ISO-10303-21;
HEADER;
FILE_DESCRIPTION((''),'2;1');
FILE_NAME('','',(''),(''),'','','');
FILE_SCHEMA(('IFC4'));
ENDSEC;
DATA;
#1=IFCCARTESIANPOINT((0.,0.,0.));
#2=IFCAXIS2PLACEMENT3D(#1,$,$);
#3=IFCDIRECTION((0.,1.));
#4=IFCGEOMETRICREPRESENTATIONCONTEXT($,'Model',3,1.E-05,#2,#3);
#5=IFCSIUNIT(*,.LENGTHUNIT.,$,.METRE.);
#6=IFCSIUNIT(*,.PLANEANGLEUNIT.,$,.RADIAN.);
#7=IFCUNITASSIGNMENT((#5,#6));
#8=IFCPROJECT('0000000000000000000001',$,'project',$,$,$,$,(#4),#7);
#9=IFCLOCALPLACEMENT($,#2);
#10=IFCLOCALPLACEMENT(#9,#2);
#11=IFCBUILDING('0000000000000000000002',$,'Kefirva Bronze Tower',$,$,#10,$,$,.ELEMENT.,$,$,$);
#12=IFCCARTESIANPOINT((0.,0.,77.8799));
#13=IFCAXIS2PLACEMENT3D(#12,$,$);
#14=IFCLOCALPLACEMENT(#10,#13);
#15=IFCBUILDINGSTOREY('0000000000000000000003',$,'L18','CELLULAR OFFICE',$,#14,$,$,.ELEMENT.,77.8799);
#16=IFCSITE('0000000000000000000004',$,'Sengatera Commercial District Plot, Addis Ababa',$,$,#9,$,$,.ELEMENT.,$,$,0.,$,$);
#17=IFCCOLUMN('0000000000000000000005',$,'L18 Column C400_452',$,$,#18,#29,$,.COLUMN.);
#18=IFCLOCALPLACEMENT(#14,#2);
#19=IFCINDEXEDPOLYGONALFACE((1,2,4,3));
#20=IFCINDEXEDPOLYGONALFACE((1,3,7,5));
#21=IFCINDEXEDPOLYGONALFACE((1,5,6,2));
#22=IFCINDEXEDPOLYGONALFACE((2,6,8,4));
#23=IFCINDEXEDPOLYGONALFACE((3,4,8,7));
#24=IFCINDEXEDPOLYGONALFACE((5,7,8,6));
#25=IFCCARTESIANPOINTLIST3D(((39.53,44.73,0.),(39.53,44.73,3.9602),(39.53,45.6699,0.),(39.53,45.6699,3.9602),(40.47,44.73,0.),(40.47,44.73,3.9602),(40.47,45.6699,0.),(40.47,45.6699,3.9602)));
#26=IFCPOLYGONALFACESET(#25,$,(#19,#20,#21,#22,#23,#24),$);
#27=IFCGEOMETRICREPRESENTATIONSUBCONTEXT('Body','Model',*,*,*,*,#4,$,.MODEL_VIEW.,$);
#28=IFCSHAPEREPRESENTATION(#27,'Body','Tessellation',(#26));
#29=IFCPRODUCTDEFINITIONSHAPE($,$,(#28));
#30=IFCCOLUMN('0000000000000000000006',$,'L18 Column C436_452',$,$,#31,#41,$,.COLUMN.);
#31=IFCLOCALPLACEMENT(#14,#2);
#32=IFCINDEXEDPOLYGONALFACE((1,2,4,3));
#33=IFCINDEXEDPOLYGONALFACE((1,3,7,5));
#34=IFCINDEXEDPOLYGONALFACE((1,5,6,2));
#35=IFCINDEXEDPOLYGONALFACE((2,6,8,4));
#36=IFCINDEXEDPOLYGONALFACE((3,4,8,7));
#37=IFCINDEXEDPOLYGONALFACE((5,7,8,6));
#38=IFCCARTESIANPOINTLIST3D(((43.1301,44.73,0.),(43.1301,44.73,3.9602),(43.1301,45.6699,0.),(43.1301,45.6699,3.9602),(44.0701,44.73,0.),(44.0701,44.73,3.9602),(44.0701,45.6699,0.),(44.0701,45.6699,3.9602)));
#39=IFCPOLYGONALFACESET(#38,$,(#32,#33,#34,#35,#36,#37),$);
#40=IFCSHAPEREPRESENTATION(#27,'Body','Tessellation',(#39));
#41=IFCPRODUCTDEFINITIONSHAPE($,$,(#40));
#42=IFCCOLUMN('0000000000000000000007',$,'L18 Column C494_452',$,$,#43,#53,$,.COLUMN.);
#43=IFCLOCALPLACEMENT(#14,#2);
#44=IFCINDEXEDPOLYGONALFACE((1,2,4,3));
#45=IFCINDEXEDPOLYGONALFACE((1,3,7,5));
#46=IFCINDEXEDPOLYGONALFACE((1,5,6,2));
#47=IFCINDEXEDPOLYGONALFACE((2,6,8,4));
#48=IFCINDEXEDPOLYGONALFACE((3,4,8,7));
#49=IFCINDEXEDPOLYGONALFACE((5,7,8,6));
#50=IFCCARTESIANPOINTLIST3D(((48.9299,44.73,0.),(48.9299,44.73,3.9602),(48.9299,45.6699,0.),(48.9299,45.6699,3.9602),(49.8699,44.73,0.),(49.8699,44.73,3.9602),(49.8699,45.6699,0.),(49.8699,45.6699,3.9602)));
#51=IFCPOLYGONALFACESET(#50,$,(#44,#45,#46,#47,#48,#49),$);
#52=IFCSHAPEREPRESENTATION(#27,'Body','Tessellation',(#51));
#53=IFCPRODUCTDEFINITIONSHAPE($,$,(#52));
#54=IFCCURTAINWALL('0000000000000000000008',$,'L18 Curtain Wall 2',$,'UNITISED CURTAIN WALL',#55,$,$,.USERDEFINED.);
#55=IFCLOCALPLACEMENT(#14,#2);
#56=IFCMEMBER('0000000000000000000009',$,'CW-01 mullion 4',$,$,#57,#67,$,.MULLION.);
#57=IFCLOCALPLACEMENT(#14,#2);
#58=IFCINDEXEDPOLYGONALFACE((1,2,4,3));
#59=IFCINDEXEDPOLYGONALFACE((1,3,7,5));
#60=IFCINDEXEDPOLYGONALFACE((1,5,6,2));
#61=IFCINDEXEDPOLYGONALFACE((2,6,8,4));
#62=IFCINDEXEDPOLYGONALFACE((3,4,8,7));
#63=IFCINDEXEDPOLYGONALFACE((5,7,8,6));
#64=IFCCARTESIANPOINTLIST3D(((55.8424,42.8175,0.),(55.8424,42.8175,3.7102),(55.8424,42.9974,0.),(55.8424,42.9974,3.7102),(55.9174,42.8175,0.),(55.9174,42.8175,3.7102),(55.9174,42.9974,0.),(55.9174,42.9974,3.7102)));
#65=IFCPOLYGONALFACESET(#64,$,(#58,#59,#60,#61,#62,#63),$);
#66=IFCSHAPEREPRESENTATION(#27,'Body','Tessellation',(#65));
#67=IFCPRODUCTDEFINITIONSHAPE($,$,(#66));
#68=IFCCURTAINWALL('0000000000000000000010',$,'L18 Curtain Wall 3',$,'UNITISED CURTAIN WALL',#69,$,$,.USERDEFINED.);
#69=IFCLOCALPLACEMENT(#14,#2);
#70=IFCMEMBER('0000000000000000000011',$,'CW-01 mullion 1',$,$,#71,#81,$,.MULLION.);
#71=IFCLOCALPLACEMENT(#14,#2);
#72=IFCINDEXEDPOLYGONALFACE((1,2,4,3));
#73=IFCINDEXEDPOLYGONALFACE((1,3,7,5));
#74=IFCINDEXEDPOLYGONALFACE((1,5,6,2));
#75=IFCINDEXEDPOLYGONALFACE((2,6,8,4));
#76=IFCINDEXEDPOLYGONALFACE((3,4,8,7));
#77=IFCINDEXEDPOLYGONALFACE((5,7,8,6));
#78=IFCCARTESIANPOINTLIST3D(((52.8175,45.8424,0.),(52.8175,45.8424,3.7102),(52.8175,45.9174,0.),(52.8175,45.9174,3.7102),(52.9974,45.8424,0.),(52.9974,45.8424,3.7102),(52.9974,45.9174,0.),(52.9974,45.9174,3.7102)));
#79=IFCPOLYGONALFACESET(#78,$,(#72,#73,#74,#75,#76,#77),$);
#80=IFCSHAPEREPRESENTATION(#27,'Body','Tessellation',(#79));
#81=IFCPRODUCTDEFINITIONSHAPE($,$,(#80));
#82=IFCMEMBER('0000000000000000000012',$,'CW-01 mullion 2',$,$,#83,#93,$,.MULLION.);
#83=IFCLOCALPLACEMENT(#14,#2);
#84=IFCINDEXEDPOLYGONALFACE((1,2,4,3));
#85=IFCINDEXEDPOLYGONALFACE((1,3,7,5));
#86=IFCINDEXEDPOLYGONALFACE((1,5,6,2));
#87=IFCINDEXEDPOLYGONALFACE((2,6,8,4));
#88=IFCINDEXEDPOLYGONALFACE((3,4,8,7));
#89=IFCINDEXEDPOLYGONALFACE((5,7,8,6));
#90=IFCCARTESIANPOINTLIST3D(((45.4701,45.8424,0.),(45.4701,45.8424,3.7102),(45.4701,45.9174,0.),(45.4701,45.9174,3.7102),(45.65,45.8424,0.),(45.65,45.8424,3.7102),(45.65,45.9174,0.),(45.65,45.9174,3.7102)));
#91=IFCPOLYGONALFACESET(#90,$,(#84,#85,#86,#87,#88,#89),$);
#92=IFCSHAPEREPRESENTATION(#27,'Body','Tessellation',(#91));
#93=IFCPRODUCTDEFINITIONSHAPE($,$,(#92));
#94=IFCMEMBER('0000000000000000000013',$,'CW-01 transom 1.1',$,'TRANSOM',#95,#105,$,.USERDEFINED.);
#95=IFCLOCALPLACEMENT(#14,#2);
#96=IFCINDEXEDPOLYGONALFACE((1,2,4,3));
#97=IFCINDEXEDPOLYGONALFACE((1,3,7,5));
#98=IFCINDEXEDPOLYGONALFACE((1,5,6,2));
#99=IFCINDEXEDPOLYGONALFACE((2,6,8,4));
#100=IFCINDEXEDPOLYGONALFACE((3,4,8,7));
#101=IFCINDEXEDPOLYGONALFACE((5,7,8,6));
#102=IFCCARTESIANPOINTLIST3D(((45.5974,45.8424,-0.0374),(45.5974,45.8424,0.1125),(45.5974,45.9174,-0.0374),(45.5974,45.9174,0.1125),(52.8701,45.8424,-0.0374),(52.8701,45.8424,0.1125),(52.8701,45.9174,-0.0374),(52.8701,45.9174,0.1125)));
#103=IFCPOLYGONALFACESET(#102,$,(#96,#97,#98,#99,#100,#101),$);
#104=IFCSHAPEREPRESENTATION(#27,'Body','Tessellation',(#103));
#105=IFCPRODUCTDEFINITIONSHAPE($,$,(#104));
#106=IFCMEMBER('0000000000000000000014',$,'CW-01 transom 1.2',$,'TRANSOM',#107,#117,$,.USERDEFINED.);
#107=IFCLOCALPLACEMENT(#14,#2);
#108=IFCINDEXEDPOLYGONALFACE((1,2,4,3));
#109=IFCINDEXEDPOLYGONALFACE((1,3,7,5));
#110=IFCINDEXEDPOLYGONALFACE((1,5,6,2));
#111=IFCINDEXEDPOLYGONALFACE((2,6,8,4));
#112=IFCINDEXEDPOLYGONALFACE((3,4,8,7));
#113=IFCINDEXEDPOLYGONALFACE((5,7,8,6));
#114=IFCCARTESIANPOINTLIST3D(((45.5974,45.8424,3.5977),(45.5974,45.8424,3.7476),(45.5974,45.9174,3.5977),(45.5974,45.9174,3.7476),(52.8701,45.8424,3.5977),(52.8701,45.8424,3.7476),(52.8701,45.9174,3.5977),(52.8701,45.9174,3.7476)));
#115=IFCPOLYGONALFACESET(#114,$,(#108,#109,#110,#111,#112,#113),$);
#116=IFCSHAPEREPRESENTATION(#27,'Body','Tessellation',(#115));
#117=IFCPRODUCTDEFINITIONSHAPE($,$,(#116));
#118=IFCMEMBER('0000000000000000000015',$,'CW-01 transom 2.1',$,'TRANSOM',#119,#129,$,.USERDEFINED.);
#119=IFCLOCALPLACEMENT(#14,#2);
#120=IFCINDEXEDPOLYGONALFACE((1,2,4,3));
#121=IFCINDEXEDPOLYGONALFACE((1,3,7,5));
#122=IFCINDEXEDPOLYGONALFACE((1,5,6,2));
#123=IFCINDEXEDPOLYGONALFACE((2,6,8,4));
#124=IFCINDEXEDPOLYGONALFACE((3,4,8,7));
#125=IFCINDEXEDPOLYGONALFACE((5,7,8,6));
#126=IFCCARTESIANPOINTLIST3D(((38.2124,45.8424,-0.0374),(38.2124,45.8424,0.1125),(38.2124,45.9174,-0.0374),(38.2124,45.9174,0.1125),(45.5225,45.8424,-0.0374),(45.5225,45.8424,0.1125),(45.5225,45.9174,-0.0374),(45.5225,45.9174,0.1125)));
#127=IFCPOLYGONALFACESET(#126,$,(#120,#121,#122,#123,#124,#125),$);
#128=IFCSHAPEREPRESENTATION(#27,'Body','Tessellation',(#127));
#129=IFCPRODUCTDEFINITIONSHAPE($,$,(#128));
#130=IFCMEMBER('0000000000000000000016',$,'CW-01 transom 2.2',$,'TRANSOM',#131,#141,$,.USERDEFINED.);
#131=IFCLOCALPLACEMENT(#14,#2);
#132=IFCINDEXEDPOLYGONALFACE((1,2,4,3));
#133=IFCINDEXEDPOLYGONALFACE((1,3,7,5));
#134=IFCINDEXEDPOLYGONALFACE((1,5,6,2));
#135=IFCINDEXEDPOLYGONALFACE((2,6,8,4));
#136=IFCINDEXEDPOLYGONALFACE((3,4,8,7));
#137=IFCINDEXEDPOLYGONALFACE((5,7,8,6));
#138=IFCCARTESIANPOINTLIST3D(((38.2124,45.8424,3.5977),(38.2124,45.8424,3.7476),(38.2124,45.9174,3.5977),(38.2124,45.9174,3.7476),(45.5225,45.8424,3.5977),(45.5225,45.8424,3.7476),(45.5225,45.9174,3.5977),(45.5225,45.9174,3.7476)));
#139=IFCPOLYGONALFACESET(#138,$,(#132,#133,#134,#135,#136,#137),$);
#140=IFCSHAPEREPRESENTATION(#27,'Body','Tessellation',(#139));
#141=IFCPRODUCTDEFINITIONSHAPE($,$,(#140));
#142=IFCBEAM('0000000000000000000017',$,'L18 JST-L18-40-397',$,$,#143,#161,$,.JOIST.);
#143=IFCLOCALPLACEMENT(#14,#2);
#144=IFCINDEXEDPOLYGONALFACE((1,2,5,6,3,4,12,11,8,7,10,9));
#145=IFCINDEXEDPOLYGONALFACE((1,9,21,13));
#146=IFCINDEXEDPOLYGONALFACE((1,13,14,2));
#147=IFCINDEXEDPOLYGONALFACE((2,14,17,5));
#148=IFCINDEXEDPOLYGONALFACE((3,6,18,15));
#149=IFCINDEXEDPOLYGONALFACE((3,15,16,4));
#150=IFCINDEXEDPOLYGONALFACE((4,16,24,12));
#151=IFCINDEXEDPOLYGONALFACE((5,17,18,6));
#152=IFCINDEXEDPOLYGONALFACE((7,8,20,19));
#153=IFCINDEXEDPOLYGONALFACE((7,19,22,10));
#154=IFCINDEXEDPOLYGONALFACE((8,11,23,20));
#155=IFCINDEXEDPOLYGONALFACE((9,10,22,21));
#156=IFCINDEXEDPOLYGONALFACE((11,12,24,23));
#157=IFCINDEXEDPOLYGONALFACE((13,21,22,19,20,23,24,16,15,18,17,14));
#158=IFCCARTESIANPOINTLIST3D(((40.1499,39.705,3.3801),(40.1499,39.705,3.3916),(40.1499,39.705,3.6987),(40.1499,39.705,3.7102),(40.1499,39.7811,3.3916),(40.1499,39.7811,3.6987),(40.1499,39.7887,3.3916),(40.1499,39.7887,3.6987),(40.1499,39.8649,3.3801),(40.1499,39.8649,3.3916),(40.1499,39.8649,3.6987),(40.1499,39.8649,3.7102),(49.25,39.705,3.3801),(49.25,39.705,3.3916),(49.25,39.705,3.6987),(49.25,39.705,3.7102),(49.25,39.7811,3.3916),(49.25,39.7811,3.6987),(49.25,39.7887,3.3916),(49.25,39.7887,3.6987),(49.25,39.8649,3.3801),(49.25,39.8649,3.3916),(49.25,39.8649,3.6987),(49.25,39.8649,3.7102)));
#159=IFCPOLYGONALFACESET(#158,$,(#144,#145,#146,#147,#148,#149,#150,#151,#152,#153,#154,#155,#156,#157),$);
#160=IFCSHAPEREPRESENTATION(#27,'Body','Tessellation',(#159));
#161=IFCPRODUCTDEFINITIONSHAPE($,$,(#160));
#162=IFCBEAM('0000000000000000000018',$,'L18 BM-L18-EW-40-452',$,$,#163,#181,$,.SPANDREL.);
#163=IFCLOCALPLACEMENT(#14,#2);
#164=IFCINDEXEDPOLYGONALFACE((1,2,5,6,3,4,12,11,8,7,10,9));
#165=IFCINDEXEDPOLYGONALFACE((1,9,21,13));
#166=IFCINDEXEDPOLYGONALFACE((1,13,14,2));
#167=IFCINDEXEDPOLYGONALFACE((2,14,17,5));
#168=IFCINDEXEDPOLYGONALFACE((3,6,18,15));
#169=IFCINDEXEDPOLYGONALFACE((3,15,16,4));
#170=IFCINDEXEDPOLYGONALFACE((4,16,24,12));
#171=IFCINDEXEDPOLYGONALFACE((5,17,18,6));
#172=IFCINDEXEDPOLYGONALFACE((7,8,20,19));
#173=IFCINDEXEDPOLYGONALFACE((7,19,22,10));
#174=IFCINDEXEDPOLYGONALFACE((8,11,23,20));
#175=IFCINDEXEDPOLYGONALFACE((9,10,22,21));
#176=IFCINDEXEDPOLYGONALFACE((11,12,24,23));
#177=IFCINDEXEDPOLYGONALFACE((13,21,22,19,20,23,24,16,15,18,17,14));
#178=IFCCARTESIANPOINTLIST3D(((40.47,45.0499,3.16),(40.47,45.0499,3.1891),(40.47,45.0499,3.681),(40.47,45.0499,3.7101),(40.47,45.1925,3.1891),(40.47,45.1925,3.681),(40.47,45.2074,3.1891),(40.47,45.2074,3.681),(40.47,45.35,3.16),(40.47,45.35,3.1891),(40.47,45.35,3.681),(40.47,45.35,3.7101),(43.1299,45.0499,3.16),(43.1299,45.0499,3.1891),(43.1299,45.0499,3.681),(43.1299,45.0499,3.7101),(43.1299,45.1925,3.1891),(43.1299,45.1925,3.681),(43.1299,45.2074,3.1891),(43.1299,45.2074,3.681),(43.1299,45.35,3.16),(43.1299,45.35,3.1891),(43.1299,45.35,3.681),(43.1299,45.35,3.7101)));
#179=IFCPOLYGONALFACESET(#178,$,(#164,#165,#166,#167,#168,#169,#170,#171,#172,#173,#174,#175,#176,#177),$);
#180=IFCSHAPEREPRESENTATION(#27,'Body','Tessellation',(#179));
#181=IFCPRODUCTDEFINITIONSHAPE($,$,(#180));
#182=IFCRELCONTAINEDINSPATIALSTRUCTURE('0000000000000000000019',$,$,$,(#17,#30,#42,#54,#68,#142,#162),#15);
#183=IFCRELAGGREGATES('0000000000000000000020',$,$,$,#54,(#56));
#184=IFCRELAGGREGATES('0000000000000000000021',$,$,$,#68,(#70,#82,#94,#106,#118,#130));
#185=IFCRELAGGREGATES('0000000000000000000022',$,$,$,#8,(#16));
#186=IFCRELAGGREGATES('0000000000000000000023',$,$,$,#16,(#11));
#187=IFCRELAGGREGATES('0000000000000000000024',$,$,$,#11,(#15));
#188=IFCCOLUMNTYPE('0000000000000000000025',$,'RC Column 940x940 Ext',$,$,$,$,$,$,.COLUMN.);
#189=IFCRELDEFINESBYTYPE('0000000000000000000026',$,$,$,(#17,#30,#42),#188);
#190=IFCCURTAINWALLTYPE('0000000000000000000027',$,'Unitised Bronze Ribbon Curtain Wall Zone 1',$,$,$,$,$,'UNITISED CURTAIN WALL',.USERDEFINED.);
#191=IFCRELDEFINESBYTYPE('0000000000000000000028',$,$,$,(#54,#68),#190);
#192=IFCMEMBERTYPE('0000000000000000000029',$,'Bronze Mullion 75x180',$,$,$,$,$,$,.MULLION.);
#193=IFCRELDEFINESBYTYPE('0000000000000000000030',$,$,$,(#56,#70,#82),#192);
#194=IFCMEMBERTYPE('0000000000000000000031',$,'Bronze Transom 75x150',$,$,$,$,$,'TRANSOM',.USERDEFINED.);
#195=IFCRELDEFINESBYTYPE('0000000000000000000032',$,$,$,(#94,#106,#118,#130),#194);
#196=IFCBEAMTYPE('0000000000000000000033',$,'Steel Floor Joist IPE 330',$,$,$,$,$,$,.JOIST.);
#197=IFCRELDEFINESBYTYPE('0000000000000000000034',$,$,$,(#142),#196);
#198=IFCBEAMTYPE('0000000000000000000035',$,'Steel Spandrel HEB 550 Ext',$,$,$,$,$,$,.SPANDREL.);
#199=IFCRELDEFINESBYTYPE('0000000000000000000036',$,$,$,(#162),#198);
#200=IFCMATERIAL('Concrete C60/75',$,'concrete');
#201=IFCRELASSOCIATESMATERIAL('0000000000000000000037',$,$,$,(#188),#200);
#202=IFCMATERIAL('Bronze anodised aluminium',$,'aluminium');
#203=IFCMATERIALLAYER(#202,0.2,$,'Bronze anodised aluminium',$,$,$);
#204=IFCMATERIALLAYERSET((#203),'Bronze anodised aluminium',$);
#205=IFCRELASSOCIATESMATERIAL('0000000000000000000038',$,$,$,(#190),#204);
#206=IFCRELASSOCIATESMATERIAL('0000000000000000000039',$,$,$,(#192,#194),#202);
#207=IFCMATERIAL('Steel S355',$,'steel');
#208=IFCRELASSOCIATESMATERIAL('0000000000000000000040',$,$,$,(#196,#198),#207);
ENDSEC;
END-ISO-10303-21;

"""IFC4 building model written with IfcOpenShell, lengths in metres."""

from ifc_helpers import new_model, si_unit, direction, frame, origin, origin_2d, place, context, subcontext, project, spatial, rectangle, i_section, extrude, material, layer, layer_set, material_profile, profile_set, type_object, element, aggregate, save


model = new_model("IFC4")

# Units and contexts
model_context = context("Model", 3, precision=1e-05, world=origin(), true_north=direction((0.0, 1.0)))
body_context = subcontext(model_context, "Body", "Model", "MODEL_VIEW")
ifc_project = project(units=[si_unit("LENGTHUNIT", "METRE"), si_unit("PLANEANGLEUNIT", "RADIAN")], contexts=[model_context])

# Site, building, storey
site_placement = place(None, origin())
site = spatial("IfcSite", under=ifc_project, at=site_placement, Name="Sengatera Commercial District Plot, Addis Ababa", CompositionType="ELEMENT", RefElevation=0.0)
building_placement = place(site_placement, origin())
building = spatial("IfcBuilding", under=site, at=building_placement, Name="Kefirva Bronze Tower", CompositionType="ELEMENT")
storey_placement = place(building_placement, frame((0.0, 0.0, 77.8799)))
storey = spatial("IfcBuildingStorey", under=building, at=storey_placement, Name="L18", Description="CELLULAR OFFICE", CompositionType="ELEMENT", Elevation=77.8799)

# Columns
ifc_material_1 = material(Name="Concrete C60/75", Category="concrete")
ifc_material_profile_1 = material_profile(ifc_material_1, rectangle(XDim=0.9399, YDim=0.9399, at=origin_2d()), Name="RC 940x940")
ifc_profile_set_1 = profile_set([ifc_material_profile_1], Name="Concrete C60/75")
column_type = type_object("IfcColumnType", Name="RC Column 940x940 Ext", PredefinedType="COLUMN", material=ifc_profile_set_1)
for number, where, z_axis, x_axis, name in (
    (1, (40.0, 45.2, 0.0), (0.0, 0.0, 1.0), (1.0, 0.0, 0.0), "L18 Column C400_452"),
    (2, (43.6001, 45.2, 0.0), (0.0, 0.0, 1.0), (1.0, 0.0, 0.0), "L18 Column C436_452"),
    (3, (49.3999, 45.2, 0.0), (0.0, 0.0, 1.0), (1.0, 0.0, 0.0), "L18 Column C494_452"),
):
    element("IfcColumn", number, at=place(storey_placement, frame(where, z_axis=z_axis, x_axis=x_axis)), inside=storey, type_object=column_type, Name=name, PredefinedType="COLUMN", context=body_context, shape_type="SweptSolid", body=[
        extrude(rectangle(XDim=0.9399, YDim=0.9399, at=origin_2d()), origin(), (0.0, 0.0, 1.0), 3.9602),
    ])

# Curtain wall, member
ifc_material_2 = material(Name="Bronze anodised aluminium", Category="aluminium")
ifc_layer_1 = layer(ifc_material_2, 0.2, Name="Bronze anodised aluminium")
ifc_layer_set_1 = layer_set([ifc_layer_1], Name="Bronze anodised aluminium")
curtain_wall_type = type_object("IfcCurtainWallType", Name="Unitised Bronze Ribbon Curtain Wall Zone 1", ElementType="UNITISED CURTAIN WALL", PredefinedType="USERDEFINED", material=ifc_layer_set_1)
curtain_wall_1_placement = place(storey_placement, origin())
curtain_wall_1 = element("IfcCurtainWall", 4, at=curtain_wall_1_placement, inside=storey, type_object=curtain_wall_type, Name="L18 Curtain Wall 2", ObjectType="UNITISED CURTAIN WALL", PredefinedType="USERDEFINED")
ifc_material_profile_2 = material_profile(ifc_material_2, rectangle(XDim=0.075, YDim=0.1799, at=origin_2d()), Name="ALU 75x180")
ifc_profile_set_2 = profile_set([ifc_material_profile_2], Name="Bronze anodised aluminium")
member_type_1 = type_object("IfcMemberType", Name="Bronze Mullion 75x180", PredefinedType="MULLION", material=ifc_profile_set_2)
member_1_placement = place(storey_placement, frame((55.8799, 42.9075, 0.0), z_axis=(0.0, 0.0, 1.0), x_axis=(-1.0, 0.0, 0.0)))
member_1 = element("IfcMember", 5, at=member_1_placement, type_object=member_type_1, Name="CW-01 mullion 4", PredefinedType="MULLION", context=body_context, shape_type="SweptSolid", body=[
    extrude(rectangle(XDim=0.075, YDim=0.1799, at=origin_2d()), origin(), (0.0, 0.0, 1.0), 3.7102),
])

# Curtain wall, members
curtain_wall_2_placement = place(storey_placement, origin())
curtain_wall_2 = element("IfcCurtainWall", 6, at=curtain_wall_2_placement, inside=storey, type_object=curtain_wall_type, Name="L18 Curtain Wall 3", ObjectType="UNITISED CURTAIN WALL", PredefinedType="USERDEFINED")
member_2_placement = place(storey_placement, frame((52.9075, 45.8799, 0.0), z_axis=(0.0, 0.0, 1.0), x_axis=(0.0, -1.0, 0.0)))
member_2 = element("IfcMember", 7, at=member_2_placement, type_object=member_type_1, Name="CW-01 mullion 1", PredefinedType="MULLION", context=body_context, shape_type="SweptSolid", body=[
    extrude(rectangle(XDim=0.075, YDim=0.1799, at=origin_2d()), origin(), (0.0, 0.0, 1.0), 3.7102),
])
member_3_placement = place(storey_placement, frame((45.5601, 45.8799, 0.0), z_axis=(0.0, 0.0, 1.0), x_axis=(0.0, -1.0, 0.0)))
member_3 = element("IfcMember", 8, at=member_3_placement, type_object=member_type_1, Name="CW-01 mullion 2", PredefinedType="MULLION", context=body_context, shape_type="SweptSolid", body=[
    extrude(rectangle(XDim=0.075, YDim=0.1799, at=origin_2d()), origin(), (0.0, 0.0, 1.0), 3.7102),
])
ifc_material_profile_3 = material_profile(ifc_material_2, rectangle(XDim=0.075, YDim=0.1499, at=origin_2d()), Name="ALU 75x150")
ifc_profile_set_3 = profile_set([ifc_material_profile_3], Name="Bronze anodised aluminium")
member_type_2 = type_object("IfcMemberType", Name="Bronze Transom 75x150", ElementType="TRANSOM", PredefinedType="USERDEFINED", material=ifc_profile_set_3)
member_4_placement = place(storey_placement, frame((52.8701, 45.8799, 0.0376), z_axis=(-1.0, 0.0, 0.0), x_axis=(0.0, -1.0, 0.0)))
member_4 = element("IfcMember", 9, at=member_4_placement, type_object=member_type_2, Name="CW-01 transom 1.1", ObjectType="TRANSOM", PredefinedType="USERDEFINED", context=body_context, shape_type="SweptSolid", body=[
    extrude(rectangle(XDim=0.075, YDim=0.1499, at=origin_2d()), origin(), (0.0, 0.0, 1.0), 7.2727),
])
member_5_placement = place(storey_placement, frame((52.8701, 45.8799, 3.6726), z_axis=(-1.0, 0.0, 0.0), x_axis=(0.0, -1.0, 0.0)))
member_5 = element("IfcMember", 10, at=member_5_placement, type_object=member_type_2, Name="CW-01 transom 1.2", ObjectType="TRANSOM", PredefinedType="USERDEFINED", context=body_context, shape_type="SweptSolid", body=[
    extrude(rectangle(XDim=0.075, YDim=0.1499, at=origin_2d()), origin(), (0.0, 0.0, 1.0), 7.2727),
])
member_6_placement = place(storey_placement, frame((45.5225, 45.8799, 0.0376), z_axis=(-1.0, 0.0, 0.0), x_axis=(0.0, -1.0, 0.0)))
member_6 = element("IfcMember", 11, at=member_6_placement, type_object=member_type_2, Name="CW-01 transom 2.1", ObjectType="TRANSOM", PredefinedType="USERDEFINED", context=body_context, shape_type="SweptSolid", body=[
    extrude(rectangle(XDim=0.075, YDim=0.1499, at=origin_2d()), origin(), (0.0, 0.0, 1.0), 7.3101),
])
member_7_placement = place(storey_placement, frame((45.5225, 45.8799, 3.6726), z_axis=(-1.0, 0.0, 0.0), x_axis=(0.0, -1.0, 0.0)))
member_7 = element("IfcMember", 12, at=member_7_placement, type_object=member_type_2, Name="CW-01 transom 2.2", ObjectType="TRANSOM", PredefinedType="USERDEFINED", context=body_context, shape_type="SweptSolid", body=[
    extrude(rectangle(XDim=0.075, YDim=0.1499, at=origin_2d()), origin(), (0.0, 0.0, 1.0), 7.3101),
])

# Beams
ifc_material_3 = material(Name="Steel S355", Category="steel")
ifc_material_profile_4 = material_profile(ifc_material_3, i_section(OverallWidth=0.1599, OverallDepth=0.3301, WebThickness=0.0076, FlangeThickness=0.0115, at=origin_2d()), Name="IPE 330")
ifc_profile_set_4 = profile_set([ifc_material_profile_4], Name="Steel S355")
beam_type_1 = type_object("IfcBeamType", Name="Steel Floor Joist IPE 330", PredefinedType="JOIST", material=ifc_profile_set_4)
beam_1_placement = place(storey_placement, frame((40.1499, 39.7849, 3.5452), z_axis=(1.0, 0.0, 0.0), x_axis=(0.0, 1.0, 0.0)))
element("IfcBeam", 13, at=beam_1_placement, inside=storey, type_object=beam_type_1, Name="L18 JST-L18-40-397", PredefinedType="JOIST", context=body_context, shape_type="SweptSolid", body=[
    extrude(i_section(OverallWidth=0.1599, OverallDepth=0.3301, WebThickness=0.0076, FlangeThickness=0.0115, at=origin_2d()), origin(), (0.0, 0.0, 1.0), 9.1001),
])
ifc_material_profile_5 = material_profile(ifc_material_3, i_section(OverallWidth=0.3, OverallDepth=0.55, WebThickness=0.0149, FlangeThickness=0.0291, at=origin_2d()), Name="HEB 550")
ifc_profile_set_5 = profile_set([ifc_material_profile_5], Name="Steel S355")
beam_type_2 = type_object("IfcBeamType", Name="Steel Spandrel HEB 550 Ext", PredefinedType="SPANDREL", material=ifc_profile_set_5)
beam_2_placement = place(storey_placement, frame((40.47, 45.2, 3.4351), z_axis=(1.0, 0.0, 0.0), x_axis=(0.0, 1.0, 0.0)))
element("IfcBeam", 14, at=beam_2_placement, inside=storey, type_object=beam_type_2, Name="L18 BM-L18-EW-40-452", PredefinedType="SPANDREL", context=body_context, shape_type="SweptSolid", body=[
    extrude(i_section(OverallWidth=0.3, OverallDepth=0.55, WebThickness=0.0149, FlangeThickness=0.0291, at=origin_2d()), origin(), (0.0, 0.0, 1.0), 2.6599),
])

aggregate(curtain_wall_1, [member_1])
aggregate(curtain_wall_2, [member_2, member_3, member_4, member_5, member_6, member_7])

save(model, "model.ifc")
